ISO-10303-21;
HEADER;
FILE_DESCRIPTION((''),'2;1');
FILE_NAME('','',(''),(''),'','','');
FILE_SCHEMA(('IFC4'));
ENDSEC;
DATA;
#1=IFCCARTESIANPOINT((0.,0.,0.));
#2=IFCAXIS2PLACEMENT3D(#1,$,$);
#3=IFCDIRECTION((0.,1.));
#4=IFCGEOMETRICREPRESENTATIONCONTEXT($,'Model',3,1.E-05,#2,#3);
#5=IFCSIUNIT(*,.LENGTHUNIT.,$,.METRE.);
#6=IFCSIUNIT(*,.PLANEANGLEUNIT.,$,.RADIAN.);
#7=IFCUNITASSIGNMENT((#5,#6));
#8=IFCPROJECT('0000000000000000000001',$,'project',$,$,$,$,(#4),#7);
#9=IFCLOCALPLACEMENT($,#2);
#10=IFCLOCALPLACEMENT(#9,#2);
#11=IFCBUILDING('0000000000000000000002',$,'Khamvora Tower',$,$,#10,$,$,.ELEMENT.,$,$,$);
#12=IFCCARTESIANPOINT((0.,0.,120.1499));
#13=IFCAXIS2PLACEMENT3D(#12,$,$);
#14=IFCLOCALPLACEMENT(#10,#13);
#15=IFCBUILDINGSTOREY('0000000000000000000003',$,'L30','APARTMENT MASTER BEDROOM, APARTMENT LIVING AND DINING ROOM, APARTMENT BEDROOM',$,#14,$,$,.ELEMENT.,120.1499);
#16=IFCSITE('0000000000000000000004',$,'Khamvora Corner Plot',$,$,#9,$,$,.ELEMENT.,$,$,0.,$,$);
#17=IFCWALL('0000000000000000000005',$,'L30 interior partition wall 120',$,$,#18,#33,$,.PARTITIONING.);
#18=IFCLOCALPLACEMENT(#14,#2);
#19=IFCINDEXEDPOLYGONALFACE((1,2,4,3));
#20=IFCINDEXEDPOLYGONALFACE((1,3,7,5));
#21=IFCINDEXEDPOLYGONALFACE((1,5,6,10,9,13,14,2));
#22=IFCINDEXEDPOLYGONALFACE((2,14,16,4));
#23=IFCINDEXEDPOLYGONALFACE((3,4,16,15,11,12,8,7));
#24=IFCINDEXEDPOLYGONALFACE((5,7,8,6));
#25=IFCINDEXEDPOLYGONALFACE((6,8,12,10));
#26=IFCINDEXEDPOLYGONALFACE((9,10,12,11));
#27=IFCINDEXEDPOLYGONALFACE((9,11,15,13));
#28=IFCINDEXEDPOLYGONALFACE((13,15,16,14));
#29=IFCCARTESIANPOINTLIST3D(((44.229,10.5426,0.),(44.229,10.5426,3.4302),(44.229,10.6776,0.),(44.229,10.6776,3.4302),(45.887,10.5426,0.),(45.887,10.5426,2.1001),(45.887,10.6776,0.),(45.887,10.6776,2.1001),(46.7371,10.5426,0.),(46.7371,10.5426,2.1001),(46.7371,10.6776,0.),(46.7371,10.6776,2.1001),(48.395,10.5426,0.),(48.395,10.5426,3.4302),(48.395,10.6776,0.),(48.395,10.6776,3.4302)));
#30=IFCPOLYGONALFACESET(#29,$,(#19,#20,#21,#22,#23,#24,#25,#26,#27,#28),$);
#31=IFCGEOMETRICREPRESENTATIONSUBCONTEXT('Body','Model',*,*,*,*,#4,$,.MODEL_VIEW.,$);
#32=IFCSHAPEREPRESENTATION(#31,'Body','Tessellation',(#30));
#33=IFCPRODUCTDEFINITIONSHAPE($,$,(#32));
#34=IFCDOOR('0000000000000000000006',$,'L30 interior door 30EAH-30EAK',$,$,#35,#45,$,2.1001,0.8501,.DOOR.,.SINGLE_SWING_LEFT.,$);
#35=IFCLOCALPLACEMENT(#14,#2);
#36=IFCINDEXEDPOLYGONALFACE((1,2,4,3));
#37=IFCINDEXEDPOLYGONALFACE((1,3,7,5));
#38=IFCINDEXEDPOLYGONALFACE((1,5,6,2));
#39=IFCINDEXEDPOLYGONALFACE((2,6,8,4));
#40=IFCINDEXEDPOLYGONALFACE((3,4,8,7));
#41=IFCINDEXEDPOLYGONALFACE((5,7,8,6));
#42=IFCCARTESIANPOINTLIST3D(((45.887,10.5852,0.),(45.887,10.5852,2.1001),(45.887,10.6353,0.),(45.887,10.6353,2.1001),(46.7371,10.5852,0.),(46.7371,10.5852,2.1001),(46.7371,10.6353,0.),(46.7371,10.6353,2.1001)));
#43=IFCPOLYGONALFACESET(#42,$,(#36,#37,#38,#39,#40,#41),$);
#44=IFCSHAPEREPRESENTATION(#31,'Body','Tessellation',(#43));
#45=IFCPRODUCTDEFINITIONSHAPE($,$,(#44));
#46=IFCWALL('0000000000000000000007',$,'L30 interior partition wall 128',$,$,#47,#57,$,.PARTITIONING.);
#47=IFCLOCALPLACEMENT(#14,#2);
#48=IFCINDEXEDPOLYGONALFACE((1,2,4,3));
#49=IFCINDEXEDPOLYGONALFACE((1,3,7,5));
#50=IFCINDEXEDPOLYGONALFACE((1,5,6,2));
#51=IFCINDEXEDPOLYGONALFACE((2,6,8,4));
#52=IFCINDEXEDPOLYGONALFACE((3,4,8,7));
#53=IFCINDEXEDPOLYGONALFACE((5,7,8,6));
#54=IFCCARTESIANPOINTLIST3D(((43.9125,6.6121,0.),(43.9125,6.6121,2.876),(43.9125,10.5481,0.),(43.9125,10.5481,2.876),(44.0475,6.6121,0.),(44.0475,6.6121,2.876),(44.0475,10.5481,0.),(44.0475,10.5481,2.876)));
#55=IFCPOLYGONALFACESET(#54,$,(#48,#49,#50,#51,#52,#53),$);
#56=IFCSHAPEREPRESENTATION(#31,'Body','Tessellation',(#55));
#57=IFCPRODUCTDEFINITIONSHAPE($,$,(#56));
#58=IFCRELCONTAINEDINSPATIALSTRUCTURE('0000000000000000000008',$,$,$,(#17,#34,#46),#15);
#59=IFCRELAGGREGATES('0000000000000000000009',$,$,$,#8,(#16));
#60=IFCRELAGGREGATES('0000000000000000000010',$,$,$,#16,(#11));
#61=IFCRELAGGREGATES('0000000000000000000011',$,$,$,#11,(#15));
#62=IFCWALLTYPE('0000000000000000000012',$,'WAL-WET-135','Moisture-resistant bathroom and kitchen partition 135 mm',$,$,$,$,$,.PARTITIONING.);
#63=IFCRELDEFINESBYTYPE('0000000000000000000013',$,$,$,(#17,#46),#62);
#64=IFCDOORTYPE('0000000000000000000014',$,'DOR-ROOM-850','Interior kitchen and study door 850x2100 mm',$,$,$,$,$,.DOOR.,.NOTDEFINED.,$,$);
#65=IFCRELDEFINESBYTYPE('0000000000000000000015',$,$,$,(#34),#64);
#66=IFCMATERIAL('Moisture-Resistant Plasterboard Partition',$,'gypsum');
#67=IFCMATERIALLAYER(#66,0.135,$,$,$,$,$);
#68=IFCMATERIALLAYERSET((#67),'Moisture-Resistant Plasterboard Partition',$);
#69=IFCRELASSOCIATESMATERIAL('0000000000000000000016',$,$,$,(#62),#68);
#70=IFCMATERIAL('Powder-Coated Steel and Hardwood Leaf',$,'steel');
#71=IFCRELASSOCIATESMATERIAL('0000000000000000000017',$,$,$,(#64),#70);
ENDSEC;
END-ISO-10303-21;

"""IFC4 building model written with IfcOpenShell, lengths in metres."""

from ifc_helpers import new_model, si_unit, direction, frame, frame_2d, origin, place, context, subcontext, project, spatial, rectangle, extrude, material, layer, layer_set, type_object, element, fill, save


model = new_model("IFC4")

# Units and contexts
model_context = context("Model", 3, precision=1e-05, world=origin(), true_north=direction((0.0, 1.0)))
body_context = subcontext(model_context, "Body", "Model", "MODEL_VIEW")
ifc_project = project(units=[si_unit("LENGTHUNIT", "METRE"), si_unit("PLANEANGLEUNIT", "RADIAN")], contexts=[model_context])

# Site, building, storey
site_placement = place(None, origin())
site = spatial("IfcSite", under=ifc_project, at=site_placement, Name="Khamvora Corner Plot", CompositionType="ELEMENT", RefElevation=0.0)
building_placement = place(site_placement, origin())
building = spatial("IfcBuilding", under=site, at=building_placement, Name="Khamvora Tower", CompositionType="ELEMENT")
storey_placement = place(building_placement, frame((0.0, 0.0, 120.1499)))
storey = spatial("IfcBuildingStorey", under=building, at=storey_placement, Name="L30", Description="APARTMENT MASTER BEDROOM, APARTMENT LIVING AND DINING ROOM, APARTMENT BEDROOM", CompositionType="ELEMENT", Elevation=120.1499)

# Wall, opening, door
ifc_material_1 = material(Name="Powder-Coated Steel and Hardwood Leaf", Category="steel")
ifc_material_2 = material(Name="Moisture-Resistant Plasterboard Partition", Category="gypsum")
ifc_layer_1 = layer(ifc_material_2, 0.135)
ifc_layer_set_1 = layer_set([ifc_layer_1], Name="Moisture-Resistant Plasterboard Partition")
wall_type_1 = type_object("IfcWallType", Name="WAL-WET-135", Description="Moisture-resistant bathroom and kitchen partition 135 mm", PredefinedType="PARTITIONING", material=ifc_layer_set_1)
wall_1_placement = place(storey_placement, frame((48.395, 10.6101, 0.0), z_axis=(0.0, 0.0, 1.0), x_axis=(-1.0, 0.0, 0.0)))
wall_1 = element("IfcWall", 1, at=wall_1_placement, inside=storey, type_object=wall_type_1, Name="L30 interior partition wall 120", PredefinedType="PARTITIONING", context=body_context, shape_type="SweptSolid", body=[
    extrude(rectangle(XDim=4.166, YDim=0.135, at=frame_2d((2.083, 0.0))), origin(), (0.0, 0.0, 1.0), 3.4302),
])
opening_1_placement = place(wall_1_placement, frame((1.658, 0.0, 0.0)))
opening_1 = element("IfcOpeningElement", 2, at=opening_1_placement, cuts=wall_1, PredefinedType="OPENING", context=body_context, shape_type="SweptSolid", body=[
    extrude(rectangle(XDim=0.8501, YDim=2.1001, at=frame_2d((0.425, 1.05))), frame((0.0, 0.0774, 0.0), z_axis=(0.0, -1.0, 0.0), x_axis=(1.0, 0.0, 0.0)), (0.0, 0.0, 1.0), 0.155),
])
door_type_1 = type_object("IfcDoorType", Name="DOR-ROOM-850", Description="Interior kitchen and study door 850x2100 mm", OperationType="NOTDEFINED", PredefinedType="DOOR", material=ifc_material_1)
door_1_placement = place(opening_1_placement, origin())
door_1 = element("IfcDoor", 3, at=door_1_placement, inside=storey, type_object=door_type_1, Name="L30 interior door 30EAH-30EAK", OperationType="SINGLE_SWING_LEFT", OverallHeight=2.1001, OverallWidth=0.8501, PredefinedType="DOOR", context=body_context, shape_type="SweptSolid", body=[
    extrude(rectangle(XDim=0.8501, YDim=2.1001, at=frame_2d((0.425, 1.05))), frame((0.0, 0.0249, 0.0), z_axis=(0.0, -1.0, 0.0), x_axis=(1.0, 0.0, 0.0)), (0.0, 0.0, 1.0), 0.05),
])
fill(opening_1, door_1)

# Wall
wall_2_placement = place(storey_placement, frame((43.98, 10.5481, 0.0), z_axis=(0.0, 0.0, 1.0), x_axis=(0.0, -1.0, 0.0)))
element("IfcWall", 4, at=wall_2_placement, inside=storey, type_object=wall_type_1, Name="L30 interior partition wall 128", PredefinedType="PARTITIONING", context=body_context, shape_type="SweptSolid", body=[
    extrude(rectangle(XDim=3.936, YDim=0.135, at=frame_2d((1.968, 0.0))), origin(), (0.0, 0.0, 1.0), 2.876),
])

save(model, "model.ifc")
